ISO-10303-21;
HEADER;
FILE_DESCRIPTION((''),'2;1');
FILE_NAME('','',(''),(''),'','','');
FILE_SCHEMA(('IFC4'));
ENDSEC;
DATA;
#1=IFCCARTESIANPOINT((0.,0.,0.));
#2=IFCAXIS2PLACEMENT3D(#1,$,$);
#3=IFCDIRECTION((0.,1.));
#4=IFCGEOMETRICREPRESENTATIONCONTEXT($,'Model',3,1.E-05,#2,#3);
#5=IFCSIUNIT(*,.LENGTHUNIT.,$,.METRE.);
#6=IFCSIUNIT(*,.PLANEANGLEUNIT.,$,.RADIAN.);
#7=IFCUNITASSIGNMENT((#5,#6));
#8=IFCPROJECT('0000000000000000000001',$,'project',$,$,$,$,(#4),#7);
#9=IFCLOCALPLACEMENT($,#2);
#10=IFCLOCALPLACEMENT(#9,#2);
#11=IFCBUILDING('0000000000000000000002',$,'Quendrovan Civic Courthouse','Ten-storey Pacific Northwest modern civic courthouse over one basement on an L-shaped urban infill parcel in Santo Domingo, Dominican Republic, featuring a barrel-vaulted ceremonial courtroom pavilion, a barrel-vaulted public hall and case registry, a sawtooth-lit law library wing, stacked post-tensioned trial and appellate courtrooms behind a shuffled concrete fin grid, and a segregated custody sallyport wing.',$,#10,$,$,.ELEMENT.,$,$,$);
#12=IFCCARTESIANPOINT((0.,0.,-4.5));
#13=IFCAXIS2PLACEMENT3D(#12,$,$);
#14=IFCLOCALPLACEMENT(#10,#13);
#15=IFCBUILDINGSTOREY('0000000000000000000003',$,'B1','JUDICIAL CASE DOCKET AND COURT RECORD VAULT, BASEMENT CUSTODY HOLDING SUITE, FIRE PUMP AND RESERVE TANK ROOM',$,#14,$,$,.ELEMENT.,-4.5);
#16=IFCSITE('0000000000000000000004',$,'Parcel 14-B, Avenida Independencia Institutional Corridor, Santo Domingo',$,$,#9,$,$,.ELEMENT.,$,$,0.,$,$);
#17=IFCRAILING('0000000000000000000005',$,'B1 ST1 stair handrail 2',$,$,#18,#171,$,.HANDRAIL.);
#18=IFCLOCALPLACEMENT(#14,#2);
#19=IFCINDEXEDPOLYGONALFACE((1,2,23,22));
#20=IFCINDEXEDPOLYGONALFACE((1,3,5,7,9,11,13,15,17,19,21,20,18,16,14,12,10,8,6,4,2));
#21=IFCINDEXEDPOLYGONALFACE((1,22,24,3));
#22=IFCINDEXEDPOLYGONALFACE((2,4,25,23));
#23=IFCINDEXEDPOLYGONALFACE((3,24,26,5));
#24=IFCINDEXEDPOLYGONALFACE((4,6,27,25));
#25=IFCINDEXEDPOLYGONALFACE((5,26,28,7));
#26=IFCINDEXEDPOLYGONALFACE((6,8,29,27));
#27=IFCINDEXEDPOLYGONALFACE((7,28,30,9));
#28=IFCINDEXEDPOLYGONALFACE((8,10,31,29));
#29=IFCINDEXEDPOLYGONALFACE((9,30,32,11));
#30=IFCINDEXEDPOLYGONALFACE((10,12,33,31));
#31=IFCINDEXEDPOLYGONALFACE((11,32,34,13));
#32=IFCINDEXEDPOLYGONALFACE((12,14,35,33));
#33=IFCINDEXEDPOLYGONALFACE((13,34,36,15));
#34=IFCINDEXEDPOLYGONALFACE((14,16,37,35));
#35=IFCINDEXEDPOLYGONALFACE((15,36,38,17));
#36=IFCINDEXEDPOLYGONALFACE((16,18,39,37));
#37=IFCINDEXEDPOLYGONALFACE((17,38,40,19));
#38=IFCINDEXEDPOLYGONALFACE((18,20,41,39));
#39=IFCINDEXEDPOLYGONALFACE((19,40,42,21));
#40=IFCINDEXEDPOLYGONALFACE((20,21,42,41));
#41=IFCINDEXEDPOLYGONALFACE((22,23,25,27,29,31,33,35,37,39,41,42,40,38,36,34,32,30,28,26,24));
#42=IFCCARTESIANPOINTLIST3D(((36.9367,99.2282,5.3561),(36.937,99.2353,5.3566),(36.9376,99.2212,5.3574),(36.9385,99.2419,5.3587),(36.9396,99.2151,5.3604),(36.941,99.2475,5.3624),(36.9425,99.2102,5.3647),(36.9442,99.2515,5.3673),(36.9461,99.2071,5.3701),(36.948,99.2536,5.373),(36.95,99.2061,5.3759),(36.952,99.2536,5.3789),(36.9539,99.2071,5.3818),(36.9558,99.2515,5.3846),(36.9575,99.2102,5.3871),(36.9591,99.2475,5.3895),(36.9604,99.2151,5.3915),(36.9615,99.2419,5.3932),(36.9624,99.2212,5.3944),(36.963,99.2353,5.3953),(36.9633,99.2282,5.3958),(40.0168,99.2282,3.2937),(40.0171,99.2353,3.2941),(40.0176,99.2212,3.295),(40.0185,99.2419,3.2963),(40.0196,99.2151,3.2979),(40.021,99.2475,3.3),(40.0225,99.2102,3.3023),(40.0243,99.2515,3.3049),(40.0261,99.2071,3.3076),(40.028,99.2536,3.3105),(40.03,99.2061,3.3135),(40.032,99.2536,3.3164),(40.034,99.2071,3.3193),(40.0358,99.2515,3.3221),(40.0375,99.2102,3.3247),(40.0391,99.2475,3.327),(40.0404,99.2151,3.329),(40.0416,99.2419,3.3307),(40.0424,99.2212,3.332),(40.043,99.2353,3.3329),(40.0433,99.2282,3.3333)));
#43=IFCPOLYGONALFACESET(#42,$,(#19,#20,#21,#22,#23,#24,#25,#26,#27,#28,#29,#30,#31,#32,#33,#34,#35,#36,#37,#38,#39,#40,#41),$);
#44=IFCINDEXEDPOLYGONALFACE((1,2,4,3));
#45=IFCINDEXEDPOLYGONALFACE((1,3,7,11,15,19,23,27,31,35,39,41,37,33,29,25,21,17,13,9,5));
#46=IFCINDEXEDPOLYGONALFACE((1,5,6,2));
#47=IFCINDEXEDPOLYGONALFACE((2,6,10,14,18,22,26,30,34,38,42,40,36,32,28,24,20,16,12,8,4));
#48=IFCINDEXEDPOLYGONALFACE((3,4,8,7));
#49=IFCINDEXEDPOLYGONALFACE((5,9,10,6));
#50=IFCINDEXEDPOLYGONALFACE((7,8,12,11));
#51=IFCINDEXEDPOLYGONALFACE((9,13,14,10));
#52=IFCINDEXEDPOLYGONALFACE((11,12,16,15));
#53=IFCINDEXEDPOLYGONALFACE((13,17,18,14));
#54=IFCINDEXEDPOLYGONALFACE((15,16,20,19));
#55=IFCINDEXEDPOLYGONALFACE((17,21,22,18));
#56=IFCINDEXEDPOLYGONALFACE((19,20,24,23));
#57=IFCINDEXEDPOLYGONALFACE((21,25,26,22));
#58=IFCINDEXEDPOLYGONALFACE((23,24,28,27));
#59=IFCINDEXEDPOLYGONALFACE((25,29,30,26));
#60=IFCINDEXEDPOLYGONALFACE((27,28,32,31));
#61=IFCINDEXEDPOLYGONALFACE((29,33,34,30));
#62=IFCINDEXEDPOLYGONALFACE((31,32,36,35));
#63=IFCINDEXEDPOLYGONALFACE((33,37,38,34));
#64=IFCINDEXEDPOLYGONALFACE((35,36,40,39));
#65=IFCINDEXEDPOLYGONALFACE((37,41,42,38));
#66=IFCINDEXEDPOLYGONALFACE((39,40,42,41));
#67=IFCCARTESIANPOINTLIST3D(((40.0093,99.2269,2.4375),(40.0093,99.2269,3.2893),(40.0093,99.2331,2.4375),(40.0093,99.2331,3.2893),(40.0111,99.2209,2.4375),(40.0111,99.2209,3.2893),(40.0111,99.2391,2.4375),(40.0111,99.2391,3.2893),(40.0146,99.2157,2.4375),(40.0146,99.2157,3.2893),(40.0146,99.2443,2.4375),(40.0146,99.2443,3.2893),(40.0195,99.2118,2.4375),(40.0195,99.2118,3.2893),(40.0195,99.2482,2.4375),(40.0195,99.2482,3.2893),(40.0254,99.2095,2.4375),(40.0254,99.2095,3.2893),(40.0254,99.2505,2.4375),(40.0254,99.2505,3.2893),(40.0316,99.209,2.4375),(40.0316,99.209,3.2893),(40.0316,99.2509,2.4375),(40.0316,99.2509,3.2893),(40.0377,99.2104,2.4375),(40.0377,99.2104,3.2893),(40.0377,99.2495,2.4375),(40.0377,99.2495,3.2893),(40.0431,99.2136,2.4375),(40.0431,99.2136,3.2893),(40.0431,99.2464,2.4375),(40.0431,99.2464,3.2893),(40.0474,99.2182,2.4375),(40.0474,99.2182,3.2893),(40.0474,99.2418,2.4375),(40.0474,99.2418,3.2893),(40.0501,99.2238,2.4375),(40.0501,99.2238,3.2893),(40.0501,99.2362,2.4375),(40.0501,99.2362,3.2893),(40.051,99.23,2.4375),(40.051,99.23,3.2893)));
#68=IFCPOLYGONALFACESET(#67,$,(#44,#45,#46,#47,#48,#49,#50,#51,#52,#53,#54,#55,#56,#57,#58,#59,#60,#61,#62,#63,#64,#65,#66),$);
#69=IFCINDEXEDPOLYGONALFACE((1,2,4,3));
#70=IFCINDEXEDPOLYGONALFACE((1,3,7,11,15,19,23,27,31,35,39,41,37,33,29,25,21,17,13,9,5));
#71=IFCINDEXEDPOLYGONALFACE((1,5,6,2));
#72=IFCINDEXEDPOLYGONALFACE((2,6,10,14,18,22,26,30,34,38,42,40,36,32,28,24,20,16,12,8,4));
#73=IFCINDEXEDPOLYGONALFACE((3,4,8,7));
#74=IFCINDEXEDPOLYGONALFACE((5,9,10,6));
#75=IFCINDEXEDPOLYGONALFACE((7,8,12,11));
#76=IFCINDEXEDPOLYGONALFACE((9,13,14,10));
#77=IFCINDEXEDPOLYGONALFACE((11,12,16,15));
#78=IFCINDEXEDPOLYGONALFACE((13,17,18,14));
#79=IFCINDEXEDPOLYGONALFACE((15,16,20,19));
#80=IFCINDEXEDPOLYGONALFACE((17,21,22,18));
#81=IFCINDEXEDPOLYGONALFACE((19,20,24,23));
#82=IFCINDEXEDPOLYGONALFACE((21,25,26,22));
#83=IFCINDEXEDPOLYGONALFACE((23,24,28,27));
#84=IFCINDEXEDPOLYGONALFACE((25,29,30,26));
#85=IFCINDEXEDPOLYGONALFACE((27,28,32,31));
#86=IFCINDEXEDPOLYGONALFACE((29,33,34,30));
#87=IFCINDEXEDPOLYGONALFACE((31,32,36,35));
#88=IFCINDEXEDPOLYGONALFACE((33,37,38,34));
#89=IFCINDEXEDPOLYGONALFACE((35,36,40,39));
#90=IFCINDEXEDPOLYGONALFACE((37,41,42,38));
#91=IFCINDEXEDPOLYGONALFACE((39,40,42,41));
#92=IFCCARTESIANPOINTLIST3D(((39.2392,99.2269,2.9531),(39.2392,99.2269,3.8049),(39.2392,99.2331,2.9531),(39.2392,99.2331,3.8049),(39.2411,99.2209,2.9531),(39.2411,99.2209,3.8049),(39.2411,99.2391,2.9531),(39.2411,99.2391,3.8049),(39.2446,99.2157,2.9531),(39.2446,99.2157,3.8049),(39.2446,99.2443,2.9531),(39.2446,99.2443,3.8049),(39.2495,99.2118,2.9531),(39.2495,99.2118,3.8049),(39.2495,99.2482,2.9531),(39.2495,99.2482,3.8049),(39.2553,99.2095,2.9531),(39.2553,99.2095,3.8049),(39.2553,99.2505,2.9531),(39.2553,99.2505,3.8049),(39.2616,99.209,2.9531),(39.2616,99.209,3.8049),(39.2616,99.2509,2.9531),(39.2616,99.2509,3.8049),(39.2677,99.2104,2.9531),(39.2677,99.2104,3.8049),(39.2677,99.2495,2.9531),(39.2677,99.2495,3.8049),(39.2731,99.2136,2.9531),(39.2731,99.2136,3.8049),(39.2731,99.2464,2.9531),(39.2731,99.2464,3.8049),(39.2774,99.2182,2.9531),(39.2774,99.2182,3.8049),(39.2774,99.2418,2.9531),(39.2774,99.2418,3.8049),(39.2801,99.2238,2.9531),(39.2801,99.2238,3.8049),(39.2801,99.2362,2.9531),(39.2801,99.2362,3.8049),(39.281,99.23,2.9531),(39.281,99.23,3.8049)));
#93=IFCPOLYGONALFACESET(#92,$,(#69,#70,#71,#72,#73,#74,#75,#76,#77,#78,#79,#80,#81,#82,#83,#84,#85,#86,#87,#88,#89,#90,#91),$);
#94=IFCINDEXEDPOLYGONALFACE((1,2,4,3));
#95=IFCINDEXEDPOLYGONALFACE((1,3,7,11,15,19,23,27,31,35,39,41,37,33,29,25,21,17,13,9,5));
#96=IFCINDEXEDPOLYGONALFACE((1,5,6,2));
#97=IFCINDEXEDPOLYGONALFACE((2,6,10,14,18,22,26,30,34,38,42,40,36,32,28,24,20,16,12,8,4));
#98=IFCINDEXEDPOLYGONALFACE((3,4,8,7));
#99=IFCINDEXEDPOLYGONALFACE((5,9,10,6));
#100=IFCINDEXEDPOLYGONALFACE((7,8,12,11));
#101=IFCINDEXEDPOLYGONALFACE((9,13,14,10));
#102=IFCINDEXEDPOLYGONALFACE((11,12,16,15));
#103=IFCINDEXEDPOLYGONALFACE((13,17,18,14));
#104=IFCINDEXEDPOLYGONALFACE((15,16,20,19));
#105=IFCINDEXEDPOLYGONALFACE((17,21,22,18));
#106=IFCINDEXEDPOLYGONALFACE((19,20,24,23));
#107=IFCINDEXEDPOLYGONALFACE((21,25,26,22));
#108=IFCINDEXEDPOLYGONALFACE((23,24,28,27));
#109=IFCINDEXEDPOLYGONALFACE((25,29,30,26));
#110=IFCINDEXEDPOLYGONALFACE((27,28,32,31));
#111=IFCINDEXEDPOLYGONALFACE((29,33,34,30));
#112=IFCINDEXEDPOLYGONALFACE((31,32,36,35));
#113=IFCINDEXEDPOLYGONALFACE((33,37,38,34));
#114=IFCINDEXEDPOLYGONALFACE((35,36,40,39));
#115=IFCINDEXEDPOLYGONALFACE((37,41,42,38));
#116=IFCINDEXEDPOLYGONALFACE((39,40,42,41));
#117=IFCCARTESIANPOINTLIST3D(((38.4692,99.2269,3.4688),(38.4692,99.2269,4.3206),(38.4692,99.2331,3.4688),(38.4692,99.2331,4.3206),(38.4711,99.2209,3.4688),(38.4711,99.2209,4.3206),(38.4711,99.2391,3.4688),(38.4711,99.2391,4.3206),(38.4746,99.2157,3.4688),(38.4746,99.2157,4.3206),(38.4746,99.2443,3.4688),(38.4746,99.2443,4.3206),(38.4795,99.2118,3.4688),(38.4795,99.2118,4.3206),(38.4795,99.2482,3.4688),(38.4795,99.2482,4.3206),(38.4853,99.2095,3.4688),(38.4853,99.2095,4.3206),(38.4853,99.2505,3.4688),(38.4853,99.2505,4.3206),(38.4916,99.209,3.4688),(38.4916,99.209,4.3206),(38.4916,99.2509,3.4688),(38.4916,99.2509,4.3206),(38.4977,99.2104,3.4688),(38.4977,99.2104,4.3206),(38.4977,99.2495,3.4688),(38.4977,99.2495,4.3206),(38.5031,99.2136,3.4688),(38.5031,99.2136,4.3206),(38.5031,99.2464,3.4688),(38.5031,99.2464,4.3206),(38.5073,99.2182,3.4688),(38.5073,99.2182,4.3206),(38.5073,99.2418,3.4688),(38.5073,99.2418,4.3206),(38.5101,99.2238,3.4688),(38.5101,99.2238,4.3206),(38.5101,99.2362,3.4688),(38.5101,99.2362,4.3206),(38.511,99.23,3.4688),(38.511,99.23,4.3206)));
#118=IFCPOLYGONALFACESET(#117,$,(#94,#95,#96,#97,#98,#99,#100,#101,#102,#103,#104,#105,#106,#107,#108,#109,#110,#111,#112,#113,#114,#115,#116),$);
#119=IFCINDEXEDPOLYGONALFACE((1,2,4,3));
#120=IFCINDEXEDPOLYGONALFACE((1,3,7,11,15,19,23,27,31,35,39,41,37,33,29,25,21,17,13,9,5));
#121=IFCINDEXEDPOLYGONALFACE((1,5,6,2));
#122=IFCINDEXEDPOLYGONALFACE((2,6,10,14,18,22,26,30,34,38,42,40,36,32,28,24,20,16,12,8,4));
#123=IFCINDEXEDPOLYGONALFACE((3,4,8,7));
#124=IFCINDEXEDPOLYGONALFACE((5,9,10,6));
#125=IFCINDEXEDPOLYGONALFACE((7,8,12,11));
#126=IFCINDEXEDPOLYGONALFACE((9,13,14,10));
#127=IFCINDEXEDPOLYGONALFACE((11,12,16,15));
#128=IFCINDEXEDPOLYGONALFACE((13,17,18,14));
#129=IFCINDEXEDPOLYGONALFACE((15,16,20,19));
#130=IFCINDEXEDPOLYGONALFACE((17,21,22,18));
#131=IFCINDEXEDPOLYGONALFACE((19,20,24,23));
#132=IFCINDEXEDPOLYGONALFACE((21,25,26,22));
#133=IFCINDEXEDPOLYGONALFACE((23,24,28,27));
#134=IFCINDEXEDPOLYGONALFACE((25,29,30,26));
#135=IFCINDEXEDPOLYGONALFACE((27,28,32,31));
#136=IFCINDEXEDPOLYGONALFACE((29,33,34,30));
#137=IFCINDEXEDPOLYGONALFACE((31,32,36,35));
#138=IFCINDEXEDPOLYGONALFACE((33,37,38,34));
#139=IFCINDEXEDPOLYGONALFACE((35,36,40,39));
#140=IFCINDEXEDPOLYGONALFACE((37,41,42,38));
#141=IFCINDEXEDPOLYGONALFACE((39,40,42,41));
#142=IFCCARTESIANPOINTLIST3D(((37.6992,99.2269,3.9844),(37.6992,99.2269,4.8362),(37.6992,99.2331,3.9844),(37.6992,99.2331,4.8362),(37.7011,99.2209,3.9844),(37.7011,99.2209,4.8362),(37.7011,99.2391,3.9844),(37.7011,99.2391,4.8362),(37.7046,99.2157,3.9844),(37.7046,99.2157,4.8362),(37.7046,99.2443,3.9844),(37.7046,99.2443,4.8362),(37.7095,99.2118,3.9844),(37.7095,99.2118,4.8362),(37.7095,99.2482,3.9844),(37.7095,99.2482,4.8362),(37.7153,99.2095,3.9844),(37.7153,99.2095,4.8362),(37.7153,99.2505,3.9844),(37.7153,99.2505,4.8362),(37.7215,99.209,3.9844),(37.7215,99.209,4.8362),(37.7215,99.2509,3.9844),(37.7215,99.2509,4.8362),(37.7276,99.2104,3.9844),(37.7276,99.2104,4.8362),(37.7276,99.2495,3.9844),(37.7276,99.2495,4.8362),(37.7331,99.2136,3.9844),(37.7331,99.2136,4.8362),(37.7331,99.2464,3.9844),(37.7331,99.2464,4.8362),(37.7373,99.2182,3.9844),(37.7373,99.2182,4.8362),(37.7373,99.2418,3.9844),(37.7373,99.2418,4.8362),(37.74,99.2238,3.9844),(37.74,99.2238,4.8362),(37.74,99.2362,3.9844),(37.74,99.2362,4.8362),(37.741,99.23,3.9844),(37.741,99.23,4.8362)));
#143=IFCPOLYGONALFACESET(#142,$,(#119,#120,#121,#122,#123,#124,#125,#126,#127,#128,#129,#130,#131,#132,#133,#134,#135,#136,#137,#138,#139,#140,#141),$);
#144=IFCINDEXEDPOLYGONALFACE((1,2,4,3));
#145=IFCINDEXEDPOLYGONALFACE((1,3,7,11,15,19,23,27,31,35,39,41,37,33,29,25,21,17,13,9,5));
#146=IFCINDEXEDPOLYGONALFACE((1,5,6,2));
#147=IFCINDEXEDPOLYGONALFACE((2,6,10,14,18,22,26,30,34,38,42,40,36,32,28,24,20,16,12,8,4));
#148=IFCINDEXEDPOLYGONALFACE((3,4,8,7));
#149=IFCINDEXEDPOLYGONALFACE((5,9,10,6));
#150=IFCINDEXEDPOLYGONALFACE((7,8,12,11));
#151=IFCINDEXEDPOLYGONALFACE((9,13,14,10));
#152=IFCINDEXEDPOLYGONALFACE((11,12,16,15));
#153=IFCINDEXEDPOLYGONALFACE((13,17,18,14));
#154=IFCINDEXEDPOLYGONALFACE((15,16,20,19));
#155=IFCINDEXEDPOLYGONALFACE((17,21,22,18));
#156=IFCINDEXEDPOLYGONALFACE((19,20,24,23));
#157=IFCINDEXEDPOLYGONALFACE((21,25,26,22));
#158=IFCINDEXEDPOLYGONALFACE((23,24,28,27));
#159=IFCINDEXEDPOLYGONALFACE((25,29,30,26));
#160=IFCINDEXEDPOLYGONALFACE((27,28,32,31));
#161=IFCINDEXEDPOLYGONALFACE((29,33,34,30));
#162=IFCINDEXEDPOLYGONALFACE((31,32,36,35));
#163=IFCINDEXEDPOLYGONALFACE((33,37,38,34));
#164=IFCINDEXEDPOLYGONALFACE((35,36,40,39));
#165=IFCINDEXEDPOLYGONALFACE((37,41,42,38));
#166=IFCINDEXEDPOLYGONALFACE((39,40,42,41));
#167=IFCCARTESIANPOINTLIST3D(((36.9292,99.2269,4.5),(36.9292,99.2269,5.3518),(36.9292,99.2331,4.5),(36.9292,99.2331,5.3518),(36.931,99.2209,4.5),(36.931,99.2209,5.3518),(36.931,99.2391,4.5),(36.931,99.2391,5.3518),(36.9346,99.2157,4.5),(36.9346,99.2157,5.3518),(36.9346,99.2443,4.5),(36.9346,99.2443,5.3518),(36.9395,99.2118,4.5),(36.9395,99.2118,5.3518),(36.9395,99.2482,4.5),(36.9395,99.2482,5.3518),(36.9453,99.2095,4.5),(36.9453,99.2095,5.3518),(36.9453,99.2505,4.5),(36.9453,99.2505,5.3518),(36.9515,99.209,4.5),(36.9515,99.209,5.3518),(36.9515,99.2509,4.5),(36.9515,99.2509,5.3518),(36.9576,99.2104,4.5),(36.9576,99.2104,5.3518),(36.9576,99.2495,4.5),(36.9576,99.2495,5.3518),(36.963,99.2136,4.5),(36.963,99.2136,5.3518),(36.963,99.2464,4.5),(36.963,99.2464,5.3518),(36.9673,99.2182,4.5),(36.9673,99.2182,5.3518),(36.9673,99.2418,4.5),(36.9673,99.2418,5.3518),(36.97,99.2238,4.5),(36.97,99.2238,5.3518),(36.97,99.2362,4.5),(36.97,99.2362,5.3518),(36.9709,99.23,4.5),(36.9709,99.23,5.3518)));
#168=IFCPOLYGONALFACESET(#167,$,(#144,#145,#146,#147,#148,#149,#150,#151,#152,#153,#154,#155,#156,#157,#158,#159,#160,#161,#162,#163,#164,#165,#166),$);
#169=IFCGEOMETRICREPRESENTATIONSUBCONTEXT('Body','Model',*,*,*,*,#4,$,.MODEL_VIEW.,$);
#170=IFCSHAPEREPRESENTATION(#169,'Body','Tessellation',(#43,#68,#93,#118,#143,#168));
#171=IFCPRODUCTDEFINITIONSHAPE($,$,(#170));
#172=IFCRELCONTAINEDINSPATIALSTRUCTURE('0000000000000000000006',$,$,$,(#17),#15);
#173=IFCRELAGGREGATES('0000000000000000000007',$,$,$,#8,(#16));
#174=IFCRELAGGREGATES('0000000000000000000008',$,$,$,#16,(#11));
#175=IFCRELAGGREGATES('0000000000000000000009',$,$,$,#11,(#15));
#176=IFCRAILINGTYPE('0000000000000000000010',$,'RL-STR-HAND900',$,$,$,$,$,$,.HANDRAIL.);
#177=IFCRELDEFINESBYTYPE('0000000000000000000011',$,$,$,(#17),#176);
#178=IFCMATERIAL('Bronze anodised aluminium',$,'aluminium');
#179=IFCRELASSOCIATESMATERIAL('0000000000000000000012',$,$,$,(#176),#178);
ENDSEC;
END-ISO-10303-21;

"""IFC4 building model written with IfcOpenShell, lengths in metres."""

from ifc_helpers import new_model, si_unit, direction, frame, origin, origin_2d, place, context, subcontext, project, spatial, circle, extrude, material, type_object, element, save


model = new_model("IFC4")

# Units and contexts
model_context = context("Model", 3, precision=1e-05, world=origin(), true_north=direction((0.0, 1.0)))
body_context = subcontext(model_context, "Body", "Model", "MODEL_VIEW")
ifc_project = project(units=[si_unit("LENGTHUNIT", "METRE"), si_unit("PLANEANGLEUNIT", "RADIAN")], contexts=[model_context])

# Site, building, storey
site_placement = place(None, origin())
site = spatial("IfcSite", under=ifc_project, at=site_placement, Name="Parcel 14-B, Avenida Independencia Institutional Corridor, Santo Domingo", CompositionType="ELEMENT", RefElevation=0.0)
building_placement = place(site_placement, origin())
building = spatial("IfcBuilding", under=site, at=building_placement, Name="Quendrovan Civic Courthouse", Description="Ten-storey Pacific Northwest modern civic courthouse over one basement on an L-shaped urban infill parcel in Santo Domingo, Dominican Republic, featuring a barrel-vaulted ceremonial courtroom pavilion, a barrel-vaulted public hall and case registry, a sawtooth-lit law library wing, stacked post-tensioned trial and appellate courtrooms behind a shuffled concrete fin grid, and a segregated custody sallyport wing.", CompositionType="ELEMENT")
storey_placement = place(building_placement, frame((0.0, 0.0, -4.5)))
storey = spatial("IfcBuildingStorey", under=building, at=storey_placement, Name="B1", Description="JUDICIAL CASE DOCKET AND COURT RECORD VAULT, BASEMENT CUSTODY HOLDING SUITE, FIRE PUMP AND RESERVE TANK ROOM", CompositionType="ELEMENT", Elevation=-4.5)

# Railing
ifc_material_1 = material(Name="Bronze anodised aluminium", Category="aluminium")
railing_type_1 = type_object("IfcRailingType", Name="RL-STR-HAND900", PredefinedType="HANDRAIL", material=ifc_material_1)
railing_1_placement = place(storey_placement, frame((40.03, 99.23, 2.4375)))
element("IfcRailing", 1, at=railing_1_placement, inside=storey, type_object=railing_type_1, Name="B1 ST1 stair handrail 2", PredefinedType="HANDRAIL", context=body_context, shape_type="SweptSolid", body=[
    extrude(circle(Radius=0.0239, at=origin_2d()), frame((0.0, 0.0, 0.876), z_axis=(-0.830914, 0.0, 0.556401), x_axis=(0.0, -1.0, 0.0)), (0.0, 0.0, 1.0), 3.7068),
    extrude(circle(Radius=0.021, at=origin_2d()), origin(), (0.0, 0.0, 1.0), 0.8518),
    extrude(circle(Radius=0.021, at=origin_2d()), frame((-0.77, 0.0, 0.5156)), (0.0, 0.0, 1.0), 0.8518),
    extrude(circle(Radius=0.021, at=origin_2d()), frame((-1.54, 0.0, 1.0312)), (0.0, 0.0, 1.0), 0.8518),
    extrude(circle(Radius=0.021, at=origin_2d()), frame((-2.3101, 0.0, 1.5469)), (0.0, 0.0, 1.0), 0.8518),
    extrude(circle(Radius=0.021, at=origin_2d()), frame((-3.0801, 0.0, 2.0625)), (0.0, 0.0, 1.0), 0.8518),
])

save(model, "model.ifc")
